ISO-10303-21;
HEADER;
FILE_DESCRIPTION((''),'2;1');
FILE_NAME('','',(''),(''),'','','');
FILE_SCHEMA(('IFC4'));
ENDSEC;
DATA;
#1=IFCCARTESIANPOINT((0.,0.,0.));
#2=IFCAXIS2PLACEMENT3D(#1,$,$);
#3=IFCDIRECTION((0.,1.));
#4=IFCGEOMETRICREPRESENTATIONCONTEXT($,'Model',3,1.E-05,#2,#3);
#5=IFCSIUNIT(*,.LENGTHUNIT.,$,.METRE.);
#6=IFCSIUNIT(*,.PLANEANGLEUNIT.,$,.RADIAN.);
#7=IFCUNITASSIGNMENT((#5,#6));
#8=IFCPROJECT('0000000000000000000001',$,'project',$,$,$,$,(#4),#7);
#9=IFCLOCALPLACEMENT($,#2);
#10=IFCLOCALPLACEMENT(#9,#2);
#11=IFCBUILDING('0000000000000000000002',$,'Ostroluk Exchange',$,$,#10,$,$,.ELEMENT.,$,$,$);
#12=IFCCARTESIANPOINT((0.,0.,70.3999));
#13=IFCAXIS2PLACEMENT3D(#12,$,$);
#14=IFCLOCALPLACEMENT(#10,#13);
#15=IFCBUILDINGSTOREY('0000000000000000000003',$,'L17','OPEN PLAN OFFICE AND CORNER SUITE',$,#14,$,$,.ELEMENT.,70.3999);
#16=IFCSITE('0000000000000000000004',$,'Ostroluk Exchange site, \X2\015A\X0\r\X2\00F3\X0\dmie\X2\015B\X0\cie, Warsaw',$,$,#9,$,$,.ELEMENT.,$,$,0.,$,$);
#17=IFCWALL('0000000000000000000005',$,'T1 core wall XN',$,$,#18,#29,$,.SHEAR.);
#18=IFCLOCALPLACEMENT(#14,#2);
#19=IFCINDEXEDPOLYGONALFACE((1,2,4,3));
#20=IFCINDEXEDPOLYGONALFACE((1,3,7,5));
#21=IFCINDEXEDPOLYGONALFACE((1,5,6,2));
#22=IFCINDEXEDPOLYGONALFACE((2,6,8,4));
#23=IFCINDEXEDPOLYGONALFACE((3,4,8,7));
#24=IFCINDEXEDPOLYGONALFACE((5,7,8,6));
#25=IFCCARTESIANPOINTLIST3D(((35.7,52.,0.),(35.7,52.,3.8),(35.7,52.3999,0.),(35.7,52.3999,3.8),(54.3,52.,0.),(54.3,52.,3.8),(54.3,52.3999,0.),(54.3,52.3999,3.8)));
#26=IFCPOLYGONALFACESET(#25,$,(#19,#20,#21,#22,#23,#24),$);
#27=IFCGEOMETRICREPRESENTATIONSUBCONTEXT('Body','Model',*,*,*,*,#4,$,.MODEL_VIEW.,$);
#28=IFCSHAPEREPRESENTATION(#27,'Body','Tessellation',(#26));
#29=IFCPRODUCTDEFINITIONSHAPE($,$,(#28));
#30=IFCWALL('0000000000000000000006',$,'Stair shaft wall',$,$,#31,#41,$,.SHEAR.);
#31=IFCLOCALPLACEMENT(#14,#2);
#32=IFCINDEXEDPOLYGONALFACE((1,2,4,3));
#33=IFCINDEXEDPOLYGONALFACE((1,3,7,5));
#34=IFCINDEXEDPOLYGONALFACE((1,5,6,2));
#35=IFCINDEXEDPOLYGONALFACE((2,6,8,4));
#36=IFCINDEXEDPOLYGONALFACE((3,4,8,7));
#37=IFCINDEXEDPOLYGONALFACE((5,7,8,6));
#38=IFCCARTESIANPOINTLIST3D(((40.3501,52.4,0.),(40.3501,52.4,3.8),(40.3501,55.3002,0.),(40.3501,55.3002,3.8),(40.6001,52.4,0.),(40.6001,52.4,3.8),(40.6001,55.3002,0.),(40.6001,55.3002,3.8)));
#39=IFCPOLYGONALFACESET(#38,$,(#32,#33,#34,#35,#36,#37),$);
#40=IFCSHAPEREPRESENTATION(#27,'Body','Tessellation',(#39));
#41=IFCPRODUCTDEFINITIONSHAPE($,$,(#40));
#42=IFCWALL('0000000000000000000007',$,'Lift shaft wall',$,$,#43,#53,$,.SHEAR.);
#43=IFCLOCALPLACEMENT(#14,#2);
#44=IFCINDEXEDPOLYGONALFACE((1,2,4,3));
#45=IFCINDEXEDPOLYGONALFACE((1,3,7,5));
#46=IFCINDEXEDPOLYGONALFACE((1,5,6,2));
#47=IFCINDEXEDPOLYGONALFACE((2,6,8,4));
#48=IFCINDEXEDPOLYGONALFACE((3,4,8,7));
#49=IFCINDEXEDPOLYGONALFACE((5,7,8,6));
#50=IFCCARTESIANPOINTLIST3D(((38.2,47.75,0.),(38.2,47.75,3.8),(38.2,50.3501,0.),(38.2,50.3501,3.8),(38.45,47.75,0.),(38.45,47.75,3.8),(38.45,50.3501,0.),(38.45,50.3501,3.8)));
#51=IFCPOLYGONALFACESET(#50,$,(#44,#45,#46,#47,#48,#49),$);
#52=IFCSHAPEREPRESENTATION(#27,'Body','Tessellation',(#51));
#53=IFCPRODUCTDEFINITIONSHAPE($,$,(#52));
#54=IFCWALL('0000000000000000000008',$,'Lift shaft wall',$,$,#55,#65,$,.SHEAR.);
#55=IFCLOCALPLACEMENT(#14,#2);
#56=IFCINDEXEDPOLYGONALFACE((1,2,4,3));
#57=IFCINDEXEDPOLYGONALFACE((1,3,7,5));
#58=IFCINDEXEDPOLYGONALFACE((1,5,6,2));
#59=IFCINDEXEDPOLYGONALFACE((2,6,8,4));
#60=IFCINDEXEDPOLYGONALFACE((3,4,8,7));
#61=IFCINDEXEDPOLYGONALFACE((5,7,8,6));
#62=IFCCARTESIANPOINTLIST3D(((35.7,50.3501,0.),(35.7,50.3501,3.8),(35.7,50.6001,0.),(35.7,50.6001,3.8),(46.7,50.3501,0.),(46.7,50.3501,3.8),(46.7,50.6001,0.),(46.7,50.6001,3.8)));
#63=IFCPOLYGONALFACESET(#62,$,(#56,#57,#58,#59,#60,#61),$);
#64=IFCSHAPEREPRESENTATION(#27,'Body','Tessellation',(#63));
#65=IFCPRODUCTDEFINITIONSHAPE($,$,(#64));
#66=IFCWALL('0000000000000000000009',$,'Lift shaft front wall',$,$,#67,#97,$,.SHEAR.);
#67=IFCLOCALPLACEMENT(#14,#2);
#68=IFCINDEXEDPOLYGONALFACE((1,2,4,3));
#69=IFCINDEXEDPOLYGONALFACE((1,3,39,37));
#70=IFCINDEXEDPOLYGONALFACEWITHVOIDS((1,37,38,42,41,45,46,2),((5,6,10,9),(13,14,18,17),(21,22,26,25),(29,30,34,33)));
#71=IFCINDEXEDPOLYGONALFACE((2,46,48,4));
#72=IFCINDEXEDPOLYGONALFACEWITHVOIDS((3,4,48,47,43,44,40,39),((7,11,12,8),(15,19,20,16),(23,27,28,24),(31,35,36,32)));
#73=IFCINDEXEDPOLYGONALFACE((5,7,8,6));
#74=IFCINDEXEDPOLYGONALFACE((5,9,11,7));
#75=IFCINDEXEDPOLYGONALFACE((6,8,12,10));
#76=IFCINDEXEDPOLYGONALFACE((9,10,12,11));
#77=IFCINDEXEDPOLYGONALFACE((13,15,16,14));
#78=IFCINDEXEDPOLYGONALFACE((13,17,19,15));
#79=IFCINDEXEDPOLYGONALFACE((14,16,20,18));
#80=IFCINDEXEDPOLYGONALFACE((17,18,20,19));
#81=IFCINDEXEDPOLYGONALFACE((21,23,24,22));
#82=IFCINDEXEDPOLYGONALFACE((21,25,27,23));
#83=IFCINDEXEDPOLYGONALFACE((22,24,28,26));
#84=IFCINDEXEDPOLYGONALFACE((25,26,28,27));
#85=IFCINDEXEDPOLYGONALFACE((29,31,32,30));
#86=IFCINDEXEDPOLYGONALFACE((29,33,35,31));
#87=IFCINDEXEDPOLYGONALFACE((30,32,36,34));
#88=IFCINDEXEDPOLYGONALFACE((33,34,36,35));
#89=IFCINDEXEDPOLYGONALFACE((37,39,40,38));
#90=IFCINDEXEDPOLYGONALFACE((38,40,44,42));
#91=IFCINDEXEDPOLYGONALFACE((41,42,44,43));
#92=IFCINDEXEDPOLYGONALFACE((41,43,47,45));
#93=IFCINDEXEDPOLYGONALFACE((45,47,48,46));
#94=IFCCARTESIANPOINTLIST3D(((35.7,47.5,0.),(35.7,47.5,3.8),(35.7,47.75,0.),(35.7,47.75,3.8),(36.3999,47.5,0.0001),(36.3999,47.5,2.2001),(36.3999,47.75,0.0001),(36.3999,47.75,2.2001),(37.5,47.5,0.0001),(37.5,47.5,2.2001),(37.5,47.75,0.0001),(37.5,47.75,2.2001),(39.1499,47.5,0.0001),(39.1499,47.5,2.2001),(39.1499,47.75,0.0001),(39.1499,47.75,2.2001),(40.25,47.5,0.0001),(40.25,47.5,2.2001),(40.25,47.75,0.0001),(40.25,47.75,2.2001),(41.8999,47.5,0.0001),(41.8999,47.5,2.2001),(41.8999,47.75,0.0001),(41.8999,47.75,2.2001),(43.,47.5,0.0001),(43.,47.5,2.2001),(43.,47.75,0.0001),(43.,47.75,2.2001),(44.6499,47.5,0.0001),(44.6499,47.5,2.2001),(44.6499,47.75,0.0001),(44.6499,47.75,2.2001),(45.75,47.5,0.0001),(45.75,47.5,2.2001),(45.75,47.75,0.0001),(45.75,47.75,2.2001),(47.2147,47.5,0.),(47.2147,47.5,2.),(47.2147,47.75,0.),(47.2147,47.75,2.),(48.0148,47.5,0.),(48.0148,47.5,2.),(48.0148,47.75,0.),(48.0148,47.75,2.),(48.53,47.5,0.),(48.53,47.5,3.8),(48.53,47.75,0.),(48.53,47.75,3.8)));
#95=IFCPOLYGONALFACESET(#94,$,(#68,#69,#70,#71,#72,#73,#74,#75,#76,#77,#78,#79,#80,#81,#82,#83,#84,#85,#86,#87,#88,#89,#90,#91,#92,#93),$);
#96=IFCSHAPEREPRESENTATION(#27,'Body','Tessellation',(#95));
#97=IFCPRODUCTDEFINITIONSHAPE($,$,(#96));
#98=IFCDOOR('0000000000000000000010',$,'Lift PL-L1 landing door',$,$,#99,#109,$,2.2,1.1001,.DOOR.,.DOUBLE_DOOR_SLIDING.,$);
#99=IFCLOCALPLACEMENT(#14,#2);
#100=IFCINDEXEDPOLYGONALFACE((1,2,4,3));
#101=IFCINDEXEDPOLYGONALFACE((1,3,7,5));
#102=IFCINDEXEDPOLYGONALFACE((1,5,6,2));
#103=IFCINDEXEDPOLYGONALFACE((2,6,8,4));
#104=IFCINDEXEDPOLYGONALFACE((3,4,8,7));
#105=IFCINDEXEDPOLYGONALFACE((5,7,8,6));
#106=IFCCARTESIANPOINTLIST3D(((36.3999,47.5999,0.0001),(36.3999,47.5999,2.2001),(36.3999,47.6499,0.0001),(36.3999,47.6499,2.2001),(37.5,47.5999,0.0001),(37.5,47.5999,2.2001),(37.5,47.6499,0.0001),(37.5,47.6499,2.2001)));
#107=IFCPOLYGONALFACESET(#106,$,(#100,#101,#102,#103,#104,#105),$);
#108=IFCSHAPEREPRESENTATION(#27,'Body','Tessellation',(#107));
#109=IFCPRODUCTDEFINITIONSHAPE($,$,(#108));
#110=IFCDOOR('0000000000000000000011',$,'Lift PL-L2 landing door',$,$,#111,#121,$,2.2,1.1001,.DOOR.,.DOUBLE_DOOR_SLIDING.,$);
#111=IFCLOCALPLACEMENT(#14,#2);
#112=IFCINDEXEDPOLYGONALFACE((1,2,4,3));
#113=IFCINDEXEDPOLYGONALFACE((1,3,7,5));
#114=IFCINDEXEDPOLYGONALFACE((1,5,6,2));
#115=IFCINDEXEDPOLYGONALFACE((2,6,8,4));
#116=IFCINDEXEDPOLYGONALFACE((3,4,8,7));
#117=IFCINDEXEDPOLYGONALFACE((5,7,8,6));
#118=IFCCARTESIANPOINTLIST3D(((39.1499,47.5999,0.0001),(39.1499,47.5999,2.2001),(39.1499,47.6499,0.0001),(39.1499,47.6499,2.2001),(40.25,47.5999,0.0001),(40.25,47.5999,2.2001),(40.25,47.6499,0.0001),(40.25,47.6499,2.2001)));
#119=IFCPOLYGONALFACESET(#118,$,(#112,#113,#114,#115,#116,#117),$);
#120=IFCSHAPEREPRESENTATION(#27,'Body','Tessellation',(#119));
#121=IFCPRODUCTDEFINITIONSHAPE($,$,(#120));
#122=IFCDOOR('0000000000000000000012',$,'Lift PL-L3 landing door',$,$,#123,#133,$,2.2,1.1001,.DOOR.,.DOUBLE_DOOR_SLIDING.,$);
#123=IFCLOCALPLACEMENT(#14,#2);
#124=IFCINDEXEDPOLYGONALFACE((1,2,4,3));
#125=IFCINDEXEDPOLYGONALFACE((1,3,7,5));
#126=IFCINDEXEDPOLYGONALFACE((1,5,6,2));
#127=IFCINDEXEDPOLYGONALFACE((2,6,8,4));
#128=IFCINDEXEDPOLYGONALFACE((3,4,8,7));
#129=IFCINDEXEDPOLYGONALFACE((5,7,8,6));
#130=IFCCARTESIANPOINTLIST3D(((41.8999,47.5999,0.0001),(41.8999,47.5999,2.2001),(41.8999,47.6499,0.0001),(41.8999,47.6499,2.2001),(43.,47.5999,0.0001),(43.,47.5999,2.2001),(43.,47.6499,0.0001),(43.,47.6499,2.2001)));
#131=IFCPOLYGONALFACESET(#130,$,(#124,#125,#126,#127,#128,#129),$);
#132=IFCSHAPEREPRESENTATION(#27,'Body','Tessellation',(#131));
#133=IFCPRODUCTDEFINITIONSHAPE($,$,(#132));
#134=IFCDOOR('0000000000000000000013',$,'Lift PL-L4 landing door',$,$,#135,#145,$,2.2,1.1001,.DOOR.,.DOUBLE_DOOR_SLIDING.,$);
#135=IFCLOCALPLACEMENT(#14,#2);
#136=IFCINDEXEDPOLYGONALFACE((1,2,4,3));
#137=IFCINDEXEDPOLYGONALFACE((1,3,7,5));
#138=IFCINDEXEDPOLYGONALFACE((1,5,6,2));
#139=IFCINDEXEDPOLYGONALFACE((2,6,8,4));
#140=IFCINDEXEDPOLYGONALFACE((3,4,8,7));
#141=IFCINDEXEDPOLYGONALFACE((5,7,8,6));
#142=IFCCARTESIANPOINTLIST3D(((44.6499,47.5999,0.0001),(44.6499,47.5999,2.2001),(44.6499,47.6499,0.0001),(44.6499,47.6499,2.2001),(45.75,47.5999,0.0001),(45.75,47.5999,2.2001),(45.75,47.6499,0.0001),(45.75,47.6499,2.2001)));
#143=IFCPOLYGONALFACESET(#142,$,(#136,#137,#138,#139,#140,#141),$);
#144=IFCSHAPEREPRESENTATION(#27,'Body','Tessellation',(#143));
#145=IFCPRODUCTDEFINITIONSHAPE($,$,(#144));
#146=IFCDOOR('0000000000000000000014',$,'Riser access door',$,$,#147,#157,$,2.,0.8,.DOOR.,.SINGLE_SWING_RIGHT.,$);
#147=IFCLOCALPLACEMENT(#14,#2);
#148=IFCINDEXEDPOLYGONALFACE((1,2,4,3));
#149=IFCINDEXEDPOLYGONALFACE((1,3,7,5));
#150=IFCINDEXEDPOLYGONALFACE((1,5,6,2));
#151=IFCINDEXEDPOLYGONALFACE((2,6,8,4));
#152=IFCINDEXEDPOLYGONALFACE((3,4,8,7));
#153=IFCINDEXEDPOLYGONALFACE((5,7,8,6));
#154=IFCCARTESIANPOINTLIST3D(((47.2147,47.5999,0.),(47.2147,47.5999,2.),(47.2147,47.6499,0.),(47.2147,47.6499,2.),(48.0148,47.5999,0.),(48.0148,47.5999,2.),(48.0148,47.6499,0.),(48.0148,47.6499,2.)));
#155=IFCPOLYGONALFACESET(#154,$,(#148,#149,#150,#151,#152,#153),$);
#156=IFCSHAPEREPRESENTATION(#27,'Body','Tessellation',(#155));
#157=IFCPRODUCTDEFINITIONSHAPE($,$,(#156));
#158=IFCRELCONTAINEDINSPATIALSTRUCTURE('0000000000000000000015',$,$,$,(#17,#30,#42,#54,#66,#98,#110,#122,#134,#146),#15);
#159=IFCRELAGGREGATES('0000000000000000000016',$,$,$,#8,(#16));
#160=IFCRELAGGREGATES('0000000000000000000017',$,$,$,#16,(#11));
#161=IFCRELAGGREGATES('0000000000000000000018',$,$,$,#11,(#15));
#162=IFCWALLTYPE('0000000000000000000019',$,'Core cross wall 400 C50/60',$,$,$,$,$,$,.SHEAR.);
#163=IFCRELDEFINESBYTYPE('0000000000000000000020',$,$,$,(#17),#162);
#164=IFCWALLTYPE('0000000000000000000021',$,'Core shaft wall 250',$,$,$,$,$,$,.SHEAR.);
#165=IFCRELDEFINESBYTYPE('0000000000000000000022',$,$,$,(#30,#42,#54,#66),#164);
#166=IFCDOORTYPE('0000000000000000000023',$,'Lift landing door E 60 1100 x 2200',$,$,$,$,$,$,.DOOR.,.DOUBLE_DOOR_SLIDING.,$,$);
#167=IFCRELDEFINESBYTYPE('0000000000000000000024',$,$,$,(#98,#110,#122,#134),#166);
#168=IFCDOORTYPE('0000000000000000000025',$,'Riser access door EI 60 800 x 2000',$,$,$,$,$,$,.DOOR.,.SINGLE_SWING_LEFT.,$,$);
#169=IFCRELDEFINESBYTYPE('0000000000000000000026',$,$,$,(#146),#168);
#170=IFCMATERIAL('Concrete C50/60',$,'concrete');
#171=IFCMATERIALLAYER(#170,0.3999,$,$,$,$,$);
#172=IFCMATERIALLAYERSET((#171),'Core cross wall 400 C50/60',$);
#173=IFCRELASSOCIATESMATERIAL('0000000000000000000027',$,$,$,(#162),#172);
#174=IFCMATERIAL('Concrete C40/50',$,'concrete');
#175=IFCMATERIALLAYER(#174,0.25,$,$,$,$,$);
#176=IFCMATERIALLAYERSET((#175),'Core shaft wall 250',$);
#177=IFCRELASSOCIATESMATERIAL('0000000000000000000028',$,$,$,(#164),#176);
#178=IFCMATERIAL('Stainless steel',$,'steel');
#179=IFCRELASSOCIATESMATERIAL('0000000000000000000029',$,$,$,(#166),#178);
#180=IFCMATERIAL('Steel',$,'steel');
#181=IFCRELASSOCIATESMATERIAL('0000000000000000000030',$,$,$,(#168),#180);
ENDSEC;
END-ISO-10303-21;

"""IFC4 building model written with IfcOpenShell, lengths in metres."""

from ifc_helpers import new_model, si_unit, direction, frame, frame_2d, origin, place, context, subcontext, project, spatial, rectangle, extrude, material, layer, layer_set, type_object, element, fill, save


model = new_model("IFC4")

# Units and contexts
model_context = context("Model", 3, precision=1e-05, world=origin(), true_north=direction((0.0, 1.0)))
body_context = subcontext(model_context, "Body", "Model", "MODEL_VIEW")
ifc_project = project(units=[si_unit("LENGTHUNIT", "METRE"), si_unit("PLANEANGLEUNIT", "RADIAN")], contexts=[model_context])

# Site, building, storey
site_placement = place(None, origin())
site = spatial("IfcSite", under=ifc_project, at=site_placement, Name="Ostroluk Exchange site, Śródmieście, Warsaw", CompositionType="ELEMENT", RefElevation=0.0)
building_placement = place(site_placement, origin())
building = spatial("IfcBuilding", under=site, at=building_placement, Name="Ostroluk Exchange", CompositionType="ELEMENT")
storey_placement = place(building_placement, frame((0.0, 0.0, 70.3999)))
storey = spatial("IfcBuildingStorey", under=building, at=storey_placement, Name="L17", Description="OPEN PLAN OFFICE AND CORNER SUITE", CompositionType="ELEMENT", Elevation=70.3999)

# Walls
ifc_material_1 = material(Name="Concrete C50/60", Category="concrete")
ifc_layer_1 = layer(ifc_material_1, 0.3999)
ifc_layer_set_1 = layer_set([ifc_layer_1], Name="Core cross wall 400 C50/60")
wall_type_1 = type_object("IfcWallType", Name="Core cross wall 400 C50/60", PredefinedType="SHEAR", material=ifc_layer_set_1)
wall_1_placement = place(storey_placement, frame((35.7, 52.2, 0.0), z_axis=(0.0, 0.0, 1.0), x_axis=(1.0, 0.0, 0.0)))
element("IfcWall", 1, at=wall_1_placement, inside=storey, type_object=wall_type_1, Name="T1 core wall XN", PredefinedType="SHEAR", context=body_context, shape_type="SweptSolid", body=[
    extrude(rectangle(XDim=18.6001, YDim=0.3999, at=frame_2d((9.3, 0.0))), origin(), (0.0, 0.0, 1.0), 3.8),
])
ifc_material_2 = material(Name="Concrete C40/50", Category="concrete")
ifc_layer_2 = layer(ifc_material_2, 0.25)
ifc_layer_set_2 = layer_set([ifc_layer_2], Name="Core shaft wall 250")
wall_type_2 = type_object("IfcWallType", Name="Core shaft wall 250", PredefinedType="SHEAR", material=ifc_layer_set_2)
wall_2_placement = place(storey_placement, frame((40.4751, 52.3999, 0.0), z_axis=(0.0, 0.0, 1.0), x_axis=(0.0, 1.0, 0.0)))
element("IfcWall", 2, at=wall_2_placement, inside=storey, type_object=wall_type_2, Name="Stair shaft wall", PredefinedType="SHEAR", context=body_context, shape_type="SweptSolid", body=[
    extrude(rectangle(XDim=2.9001, YDim=0.25, at=frame_2d((1.4502, 0.0))), origin(), (0.0, 0.0, 1.0), 3.8),
])
wall_3_placement = place(storey_placement, frame((38.325, 47.75, 0.0), z_axis=(0.0, 0.0, 1.0), x_axis=(0.0, 1.0, 0.0)))
element("IfcWall", 3, at=wall_3_placement, inside=storey, type_object=wall_type_2, Name="Lift shaft wall", PredefinedType="SHEAR", context=body_context, shape_type="SweptSolid", body=[
    extrude(rectangle(XDim=2.6001, YDim=0.25, at=frame_2d((1.3, 0.0))), origin(), (0.0, 0.0, 1.0), 3.8),
])
wall_4_placement = place(storey_placement, frame((35.7, 50.4751, 0.0), z_axis=(0.0, 0.0, 1.0), x_axis=(1.0, 0.0, 0.0)))
element("IfcWall", 4, at=wall_4_placement, inside=storey, type_object=wall_type_2, Name="Lift shaft wall", PredefinedType="SHEAR", context=body_context, shape_type="SweptSolid", body=[
    extrude(rectangle(XDim=11.0, YDim=0.25, at=frame_2d((5.5, 0.0))), origin(), (0.0, 0.0, 1.0), 3.8),
])

# Wall, openings, doors
wall_5_placement = place(storey_placement, frame((35.7, 47.625, 0.0), z_axis=(0.0, 0.0, 1.0), x_axis=(1.0, 0.0, 0.0)))
wall_5 = element("IfcWall", 5, at=wall_5_placement, inside=storey, type_object=wall_type_2, Name="Lift shaft front wall", PredefinedType="SHEAR", context=body_context, shape_type="SweptSolid", body=[
    extrude(rectangle(XDim=12.8301, YDim=0.25, at=frame_2d((6.415, 0.0))), origin(), (0.0, 0.0, 1.0), 3.8),
])
opening_1_placement = place(wall_5_placement, frame((0.7, 0.0, 0.0)))
opening_1 = element("IfcOpeningElement", 6, at=opening_1_placement, cuts=wall_5, PredefinedType="OPENING", context=body_context, shape_type="SweptSolid", body=[
    extrude(rectangle(XDim=1.1001, YDim=2.2, at=frame_2d((0.55, 1.1001))), frame((0.0, 0.135, 0.0), z_axis=(0.0, -1.0, 0.0), x_axis=(1.0, 0.0, 0.0)), (0.0, 0.0, 1.0), 0.27),
])
opening_2_placement = place(wall_5_placement, frame((3.45, 0.0, 0.0)))
opening_2 = element("IfcOpeningElement", 7, at=opening_2_placement, cuts=wall_5, PredefinedType="OPENING", context=body_context, shape_type="SweptSolid", body=[
    extrude(rectangle(XDim=1.1001, YDim=2.2, at=frame_2d((0.55, 1.1001))), frame((0.0, 0.135, 0.0), z_axis=(0.0, -1.0, 0.0), x_axis=(1.0, 0.0, 0.0)), (0.0, 0.0, 1.0), 0.27),
])
opening_3_placement = place(wall_5_placement, frame((6.2, 0.0, 0.0)))
opening_3 = element("IfcOpeningElement", 8, at=opening_3_placement, cuts=wall_5, PredefinedType="OPENING", context=body_context, shape_type="SweptSolid", body=[
    extrude(rectangle(XDim=1.1001, YDim=2.2, at=frame_2d((0.55, 1.1001))), frame((0.0, 0.135, 0.0), z_axis=(0.0, -1.0, 0.0), x_axis=(1.0, 0.0, 0.0)), (0.0, 0.0, 1.0), 0.27),
])
opening_4_placement = place(wall_5_placement, frame((8.95, 0.0, 0.0)))
opening_4 = element("IfcOpeningElement", 9, at=opening_4_placement, cuts=wall_5, PredefinedType="OPENING", context=body_context, shape_type="SweptSolid", body=[
    extrude(rectangle(XDim=1.1001, YDim=2.2, at=frame_2d((0.55, 1.1001))), frame((0.0, 0.135, 0.0), z_axis=(0.0, -1.0, 0.0), x_axis=(1.0, 0.0, 0.0)), (0.0, 0.0, 1.0), 0.27),
])
opening_5_placement = place(wall_5_placement, frame((11.5149, 0.0, 0.0)))
opening_5 = element("IfcOpeningElement", 10, at=opening_5_placement, cuts=wall_5, PredefinedType="OPENING", context=body_context, shape_type="SweptSolid", body=[
    extrude(rectangle(XDim=0.8, YDim=2.0, at=frame_2d((0.3999, 1.0))), frame((0.0, 0.135, 0.0), z_axis=(0.0, -1.0, 0.0), x_axis=(1.0, 0.0, 0.0)), (0.0, 0.0, 1.0), 0.27),
])
ifc_material_3 = material(Name="Stainless steel", Category="steel")
door_type_1 = type_object("IfcDoorType", Name="Lift landing door E 60 1100 x 2200", OperationType="DOUBLE_DOOR_SLIDING", PredefinedType="DOOR", material=ifc_material_3)
door_1_placement = place(opening_1_placement, origin())
door_1 = element("IfcDoor", 11, at=door_1_placement, inside=storey, type_object=door_type_1, Name="Lift PL-L1 landing door", OperationType="DOUBLE_DOOR_SLIDING", OverallHeight=2.2, OverallWidth=1.1001, PredefinedType="DOOR", context=body_context, shape_type="SweptSolid", body=[
    extrude(rectangle(XDim=1.1001, YDim=2.2, at=frame_2d((0.55, 1.1001))), frame((0.0, 0.0249, 0.0), z_axis=(0.0, -1.0, 0.0), x_axis=(1.0, 0.0, 0.0)), (0.0, 0.0, 1.0), 0.05),
])
fill(opening_1, door_1)
door_2_placement = place(opening_2_placement, origin())
door_2 = element("IfcDoor", 12, at=door_2_placement, inside=storey, type_object=door_type_1, Name="Lift PL-L2 landing door", OperationType="DOUBLE_DOOR_SLIDING", OverallHeight=2.2, OverallWidth=1.1001, PredefinedType="DOOR", context=body_context, shape_type="SweptSolid", body=[
    extrude(rectangle(XDim=1.1001, YDim=2.2, at=frame_2d((0.55, 1.1001))), frame((0.0, 0.0249, 0.0), z_axis=(0.0, -1.0, 0.0), x_axis=(1.0, 0.0, 0.0)), (0.0, 0.0, 1.0), 0.05),
])
fill(opening_2, door_2)
door_3_placement = place(opening_3_placement, origin())
door_3 = element("IfcDoor", 13, at=door_3_placement, inside=storey, type_object=door_type_1, Name="Lift PL-L3 landing door", OperationType="DOUBLE_DOOR_SLIDING", OverallHeight=2.2, OverallWidth=1.1001, PredefinedType="DOOR", context=body_context, shape_type="SweptSolid", body=[
    extrude(rectangle(XDim=1.1001, YDim=2.2, at=frame_2d((0.55, 1.1001))), frame((0.0, 0.0249, 0.0), z_axis=(0.0, -1.0, 0.0), x_axis=(1.0, 0.0, 0.0)), (0.0, 0.0, 1.0), 0.05),
])
fill(opening_3, door_3)
door_4_placement = place(opening_4_placement, origin())
door_4 = element("IfcDoor", 14, at=door_4_placement, inside=storey, type_object=door_type_1, Name="Lift PL-L4 landing door", OperationType="DOUBLE_DOOR_SLIDING", OverallHeight=2.2, OverallWidth=1.1001, PredefinedType="DOOR", context=body_context, shape_type="SweptSolid", body=[
    extrude(rectangle(XDim=1.1001, YDim=2.2, at=frame_2d((0.55, 1.1001))), frame((0.0, 0.0249, 0.0), z_axis=(0.0, -1.0, 0.0), x_axis=(1.0, 0.0, 0.0)), (0.0, 0.0, 1.0), 0.05),
])
fill(opening_4, door_4)
ifc_material_4 = material(Name="Steel", Category="steel")
door_type_2 = type_object("IfcDoorType", Name="Riser access door EI 60 800 x 2000", OperationType="SINGLE_SWING_LEFT", PredefinedType="DOOR", material=ifc_material_4)
door_5_placement = place(opening_5_placement, origin())
door_5 = element("IfcDoor", 15, at=door_5_placement, inside=storey, type_object=door_type_2, Name="Riser access door", OperationType="SINGLE_SWING_RIGHT", OverallHeight=2.0, OverallWidth=0.8, PredefinedType="DOOR", context=body_context, shape_type="SweptSolid", body=[
    extrude(rectangle(XDim=0.8, YDim=2.0, at=frame_2d((0.3999, 1.0))), frame((0.0, 0.0249, 0.0), z_axis=(0.0, -1.0, 0.0), x_axis=(1.0, 0.0, 0.0)), (0.0, 0.0, 1.0), 0.05),
])
fill(opening_5, door_5)

save(model, "model.ifc")
